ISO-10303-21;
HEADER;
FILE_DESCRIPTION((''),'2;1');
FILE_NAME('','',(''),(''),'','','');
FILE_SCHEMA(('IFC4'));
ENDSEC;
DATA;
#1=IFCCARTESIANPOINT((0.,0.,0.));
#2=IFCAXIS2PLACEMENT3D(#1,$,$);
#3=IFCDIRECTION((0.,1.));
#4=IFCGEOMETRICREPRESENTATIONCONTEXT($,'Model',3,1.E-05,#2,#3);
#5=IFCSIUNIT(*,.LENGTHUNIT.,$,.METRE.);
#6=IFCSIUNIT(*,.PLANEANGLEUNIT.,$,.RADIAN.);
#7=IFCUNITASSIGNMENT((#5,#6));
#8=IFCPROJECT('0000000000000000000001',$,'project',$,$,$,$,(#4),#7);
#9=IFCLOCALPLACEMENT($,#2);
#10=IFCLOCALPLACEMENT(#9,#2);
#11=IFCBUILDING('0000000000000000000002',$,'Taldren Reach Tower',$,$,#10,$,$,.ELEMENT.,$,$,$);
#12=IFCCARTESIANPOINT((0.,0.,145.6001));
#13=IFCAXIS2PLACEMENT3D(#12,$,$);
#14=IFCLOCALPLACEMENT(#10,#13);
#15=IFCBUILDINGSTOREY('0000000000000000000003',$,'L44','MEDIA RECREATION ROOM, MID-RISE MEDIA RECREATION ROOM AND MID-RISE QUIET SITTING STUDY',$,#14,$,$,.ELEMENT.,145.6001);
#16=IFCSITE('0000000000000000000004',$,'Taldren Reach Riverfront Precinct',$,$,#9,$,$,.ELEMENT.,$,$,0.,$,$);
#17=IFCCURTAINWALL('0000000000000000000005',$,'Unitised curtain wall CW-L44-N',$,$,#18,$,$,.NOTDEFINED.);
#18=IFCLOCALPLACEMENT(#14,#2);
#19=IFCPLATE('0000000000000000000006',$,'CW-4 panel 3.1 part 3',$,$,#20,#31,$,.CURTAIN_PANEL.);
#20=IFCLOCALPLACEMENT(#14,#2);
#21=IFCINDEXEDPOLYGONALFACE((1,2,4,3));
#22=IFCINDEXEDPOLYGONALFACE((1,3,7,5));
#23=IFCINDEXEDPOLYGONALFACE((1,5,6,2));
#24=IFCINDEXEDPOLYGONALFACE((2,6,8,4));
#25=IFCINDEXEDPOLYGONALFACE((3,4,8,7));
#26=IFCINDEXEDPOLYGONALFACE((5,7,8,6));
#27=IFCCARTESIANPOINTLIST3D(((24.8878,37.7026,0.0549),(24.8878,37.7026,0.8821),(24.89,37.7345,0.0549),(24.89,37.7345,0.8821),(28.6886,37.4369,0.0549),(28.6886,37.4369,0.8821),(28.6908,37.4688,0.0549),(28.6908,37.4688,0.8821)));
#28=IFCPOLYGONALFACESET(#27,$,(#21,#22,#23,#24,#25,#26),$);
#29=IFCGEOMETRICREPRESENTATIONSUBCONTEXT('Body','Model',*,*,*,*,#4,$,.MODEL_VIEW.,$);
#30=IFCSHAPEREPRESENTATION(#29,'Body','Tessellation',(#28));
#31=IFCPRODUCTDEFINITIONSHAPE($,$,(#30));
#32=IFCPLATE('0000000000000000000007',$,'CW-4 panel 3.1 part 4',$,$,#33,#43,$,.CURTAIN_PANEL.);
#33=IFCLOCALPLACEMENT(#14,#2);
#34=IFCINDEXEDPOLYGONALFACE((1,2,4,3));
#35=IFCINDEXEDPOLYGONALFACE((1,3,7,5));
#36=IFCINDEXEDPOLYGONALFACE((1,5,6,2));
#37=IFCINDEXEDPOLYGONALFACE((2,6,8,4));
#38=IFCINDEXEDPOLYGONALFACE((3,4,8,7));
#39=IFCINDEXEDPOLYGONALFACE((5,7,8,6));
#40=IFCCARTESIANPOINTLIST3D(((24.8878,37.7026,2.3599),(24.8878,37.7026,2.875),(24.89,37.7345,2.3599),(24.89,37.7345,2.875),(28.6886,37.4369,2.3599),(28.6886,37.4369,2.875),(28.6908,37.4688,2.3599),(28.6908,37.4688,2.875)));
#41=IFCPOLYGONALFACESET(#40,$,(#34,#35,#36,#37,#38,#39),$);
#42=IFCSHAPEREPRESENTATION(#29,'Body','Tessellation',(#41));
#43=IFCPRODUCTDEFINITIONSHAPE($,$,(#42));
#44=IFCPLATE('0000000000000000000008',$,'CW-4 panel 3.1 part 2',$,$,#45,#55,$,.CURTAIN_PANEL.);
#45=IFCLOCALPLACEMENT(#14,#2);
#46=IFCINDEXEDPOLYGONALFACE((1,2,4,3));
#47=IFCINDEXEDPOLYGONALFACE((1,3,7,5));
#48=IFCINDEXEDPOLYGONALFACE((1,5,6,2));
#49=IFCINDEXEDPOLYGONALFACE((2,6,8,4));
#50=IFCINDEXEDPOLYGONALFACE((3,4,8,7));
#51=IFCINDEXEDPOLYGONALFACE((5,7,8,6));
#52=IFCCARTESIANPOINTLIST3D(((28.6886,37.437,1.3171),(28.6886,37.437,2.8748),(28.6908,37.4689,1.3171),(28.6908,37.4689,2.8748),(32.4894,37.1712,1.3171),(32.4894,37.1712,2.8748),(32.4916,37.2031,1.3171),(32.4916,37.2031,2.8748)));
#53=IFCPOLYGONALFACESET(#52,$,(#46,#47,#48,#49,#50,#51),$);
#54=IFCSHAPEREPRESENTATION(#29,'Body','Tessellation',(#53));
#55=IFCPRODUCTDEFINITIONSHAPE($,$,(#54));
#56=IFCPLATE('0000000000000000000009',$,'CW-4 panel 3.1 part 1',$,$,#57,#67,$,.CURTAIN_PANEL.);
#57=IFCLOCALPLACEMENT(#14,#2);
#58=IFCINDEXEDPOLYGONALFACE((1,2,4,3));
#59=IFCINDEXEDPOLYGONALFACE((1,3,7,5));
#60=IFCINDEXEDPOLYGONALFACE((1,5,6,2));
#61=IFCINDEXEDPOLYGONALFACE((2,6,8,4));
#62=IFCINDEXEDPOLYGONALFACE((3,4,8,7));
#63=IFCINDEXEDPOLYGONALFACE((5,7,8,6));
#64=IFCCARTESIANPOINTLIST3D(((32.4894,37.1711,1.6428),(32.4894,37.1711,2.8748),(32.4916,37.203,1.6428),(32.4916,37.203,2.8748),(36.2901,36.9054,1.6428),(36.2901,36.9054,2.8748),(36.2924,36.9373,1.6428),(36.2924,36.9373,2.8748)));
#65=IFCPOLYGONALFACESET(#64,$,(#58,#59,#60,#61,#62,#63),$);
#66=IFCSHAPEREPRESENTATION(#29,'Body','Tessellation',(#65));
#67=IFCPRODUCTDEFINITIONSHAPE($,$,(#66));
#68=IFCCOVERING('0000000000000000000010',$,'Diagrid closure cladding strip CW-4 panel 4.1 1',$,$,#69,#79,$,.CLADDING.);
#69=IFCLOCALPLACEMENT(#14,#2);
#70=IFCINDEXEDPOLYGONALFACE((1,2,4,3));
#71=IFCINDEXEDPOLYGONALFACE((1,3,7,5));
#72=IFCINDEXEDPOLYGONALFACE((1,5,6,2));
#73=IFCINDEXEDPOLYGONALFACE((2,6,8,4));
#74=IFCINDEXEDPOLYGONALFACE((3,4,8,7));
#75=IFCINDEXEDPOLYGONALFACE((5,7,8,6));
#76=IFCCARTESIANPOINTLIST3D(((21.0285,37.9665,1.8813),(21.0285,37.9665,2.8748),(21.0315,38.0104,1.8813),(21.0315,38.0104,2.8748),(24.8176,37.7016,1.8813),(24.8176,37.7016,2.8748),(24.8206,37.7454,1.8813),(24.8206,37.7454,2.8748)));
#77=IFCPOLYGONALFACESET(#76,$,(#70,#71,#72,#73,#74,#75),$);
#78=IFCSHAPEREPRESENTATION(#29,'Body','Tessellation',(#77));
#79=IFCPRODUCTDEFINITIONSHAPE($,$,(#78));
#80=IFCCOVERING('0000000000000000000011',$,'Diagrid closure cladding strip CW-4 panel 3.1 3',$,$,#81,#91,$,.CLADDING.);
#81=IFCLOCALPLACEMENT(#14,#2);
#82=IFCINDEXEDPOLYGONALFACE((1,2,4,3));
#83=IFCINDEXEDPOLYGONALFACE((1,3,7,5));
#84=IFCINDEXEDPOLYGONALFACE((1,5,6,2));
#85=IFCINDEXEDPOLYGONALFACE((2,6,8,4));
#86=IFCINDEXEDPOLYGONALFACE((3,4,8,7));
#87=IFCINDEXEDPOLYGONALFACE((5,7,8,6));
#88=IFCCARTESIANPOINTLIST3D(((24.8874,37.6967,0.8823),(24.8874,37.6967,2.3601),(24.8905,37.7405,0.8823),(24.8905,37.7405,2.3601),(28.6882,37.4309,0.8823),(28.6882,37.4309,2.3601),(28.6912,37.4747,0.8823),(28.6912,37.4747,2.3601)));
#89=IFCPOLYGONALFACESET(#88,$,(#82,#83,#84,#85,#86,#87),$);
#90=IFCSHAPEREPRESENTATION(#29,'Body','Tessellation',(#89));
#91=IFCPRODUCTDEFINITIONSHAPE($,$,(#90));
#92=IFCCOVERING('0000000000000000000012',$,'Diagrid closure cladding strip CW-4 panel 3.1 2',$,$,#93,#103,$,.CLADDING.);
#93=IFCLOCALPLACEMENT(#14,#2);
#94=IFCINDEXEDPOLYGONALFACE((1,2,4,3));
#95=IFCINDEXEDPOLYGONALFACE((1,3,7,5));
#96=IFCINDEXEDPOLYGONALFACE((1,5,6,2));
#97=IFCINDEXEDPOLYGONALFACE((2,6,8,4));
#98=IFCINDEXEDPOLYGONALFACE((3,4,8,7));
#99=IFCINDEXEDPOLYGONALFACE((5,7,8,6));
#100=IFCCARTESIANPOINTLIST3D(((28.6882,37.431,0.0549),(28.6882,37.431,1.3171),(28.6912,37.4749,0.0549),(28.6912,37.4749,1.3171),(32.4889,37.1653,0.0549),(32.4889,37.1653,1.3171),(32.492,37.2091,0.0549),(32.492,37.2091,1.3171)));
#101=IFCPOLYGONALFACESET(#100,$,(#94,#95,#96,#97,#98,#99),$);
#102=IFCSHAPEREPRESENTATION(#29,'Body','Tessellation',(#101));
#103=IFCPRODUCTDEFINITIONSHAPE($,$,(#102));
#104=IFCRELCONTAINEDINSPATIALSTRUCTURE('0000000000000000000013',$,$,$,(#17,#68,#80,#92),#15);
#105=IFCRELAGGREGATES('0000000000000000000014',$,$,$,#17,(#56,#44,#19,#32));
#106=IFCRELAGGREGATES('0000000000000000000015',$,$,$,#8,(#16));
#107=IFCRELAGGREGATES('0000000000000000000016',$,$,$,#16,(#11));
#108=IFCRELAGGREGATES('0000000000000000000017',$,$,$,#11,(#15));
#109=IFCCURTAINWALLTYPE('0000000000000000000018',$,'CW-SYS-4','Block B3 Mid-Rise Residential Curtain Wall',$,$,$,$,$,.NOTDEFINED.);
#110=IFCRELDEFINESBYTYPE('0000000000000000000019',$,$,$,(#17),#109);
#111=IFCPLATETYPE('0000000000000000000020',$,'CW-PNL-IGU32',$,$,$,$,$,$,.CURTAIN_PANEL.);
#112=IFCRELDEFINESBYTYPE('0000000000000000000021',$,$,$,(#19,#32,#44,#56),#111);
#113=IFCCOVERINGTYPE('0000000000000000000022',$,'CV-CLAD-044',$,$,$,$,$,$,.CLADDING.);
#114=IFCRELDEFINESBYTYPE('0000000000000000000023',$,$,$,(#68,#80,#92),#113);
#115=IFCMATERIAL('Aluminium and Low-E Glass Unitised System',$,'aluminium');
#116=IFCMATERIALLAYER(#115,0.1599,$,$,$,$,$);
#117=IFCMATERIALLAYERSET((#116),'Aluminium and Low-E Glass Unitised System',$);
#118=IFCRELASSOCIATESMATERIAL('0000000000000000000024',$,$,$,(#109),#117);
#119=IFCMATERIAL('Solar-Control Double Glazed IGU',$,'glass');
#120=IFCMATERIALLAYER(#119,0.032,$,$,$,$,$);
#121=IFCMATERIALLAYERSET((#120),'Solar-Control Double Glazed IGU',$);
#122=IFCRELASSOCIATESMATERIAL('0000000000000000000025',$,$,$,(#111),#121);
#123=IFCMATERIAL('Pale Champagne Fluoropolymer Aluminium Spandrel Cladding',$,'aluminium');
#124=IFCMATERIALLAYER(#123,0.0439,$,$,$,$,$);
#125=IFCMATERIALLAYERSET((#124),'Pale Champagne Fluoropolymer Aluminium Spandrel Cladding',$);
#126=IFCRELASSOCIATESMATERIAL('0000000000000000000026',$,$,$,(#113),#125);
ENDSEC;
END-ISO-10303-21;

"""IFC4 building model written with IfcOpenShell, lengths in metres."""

from ifc_helpers import new_model, si_unit, direction, frame, origin, origin_2d, place, context, subcontext, project, spatial, rectangle, extrude, source, transform, mapped, material, layer, layer_set, type_object, element, aggregate, save


model = new_model("IFC4")

# Units and contexts
model_context = context("Model", 3, precision=1e-05, world=origin(), true_north=direction((0.0, 1.0)))
body_context = subcontext(model_context, "Body", "Model", "MODEL_VIEW")
ifc_project = project(units=[si_unit("LENGTHUNIT", "METRE"), si_unit("PLANEANGLEUNIT", "RADIAN")], contexts=[model_context])

# Site, building, storey
site_placement = place(None, origin())
site = spatial("IfcSite", under=ifc_project, at=site_placement, Name="Taldren Reach Riverfront Precinct", CompositionType="ELEMENT", RefElevation=0.0)
building_placement = place(site_placement, origin())
building = spatial("IfcBuilding", under=site, at=building_placement, Name="Taldren Reach Tower", CompositionType="ELEMENT")
storey_placement = place(building_placement, frame((0.0, 0.0, 145.6001)))
storey = spatial("IfcBuildingStorey", under=building, at=storey_placement, Name="L44", Description="MEDIA RECREATION ROOM, MID-RISE MEDIA RECREATION ROOM AND MID-RISE QUIET SITTING STUDY", CompositionType="ELEMENT", Elevation=145.6001)

# Curtain wall
ifc_material_1 = material(Name="Aluminium and Low-E Glass Unitised System", Category="aluminium")
ifc_layer_1 = layer(ifc_material_1, 0.1599)
ifc_layer_set_1 = layer_set([ifc_layer_1], Name="Aluminium and Low-E Glass Unitised System")
curtain_wall_type = type_object("IfcCurtainWallType", Name="CW-SYS-4", Description="Block B3 Mid-Rise Residential Curtain Wall", PredefinedType="NOTDEFINED", material=ifc_layer_set_1)
curtain_wall_placement = place(storey_placement, origin())
curtain_wall = element("IfcCurtainWall", 1, at=curtain_wall_placement, inside=storey, type_object=curtain_wall_type, Name="Unitised curtain wall CW-L44-N", PredefinedType="NOTDEFINED")

# Plates
ifc_material_2 = material(Name="Solar-Control Double Glazed IGU", Category="glass")
ifc_layer_2 = layer(ifc_material_2, 0.032)
ifc_layer_set_2 = layer_set([ifc_layer_2], Name="Solar-Control Double Glazed IGU")
plate_type_1 = type_object("IfcPlateType", Name="CW-PNL-IGU32", PredefinedType="CURTAIN_PANEL", material=ifc_layer_set_2)
shared_shape_1 = source(origin(), body_context, "Body", "SweptSolid", [
    extrude(rectangle(XDim=3.8101, YDim=0.032, at=origin_2d()), origin(), (0.0, 0.0, 1.0), 0.8271),
])
plate_1_placement = place(storey_placement, frame((26.7893, 37.5857, 0.0549), z_axis=(0.0, 0.0, 1.0), x_axis=(-0.997564, 0.069757, 0.0)))
plate_1 = element("IfcPlate", 2, at=plate_1_placement, type_object=plate_type_1, Name="CW-4 panel 3.1 part 3", PredefinedType="CURTAIN_PANEL", context=body_context, shape_type="MappedRepresentation", body=[
    mapped(shared_shape_1, transform((0.0, 0.0, 0.0), scale=1.0)),
])
shared_shape_2 = source(origin(), body_context, "Body", "SweptSolid", [
    extrude(rectangle(XDim=3.8101, YDim=0.032, at=origin_2d()), origin(), (0.0, 0.0, 1.0), 0.5151),
])
plate_2_placement = place(storey_placement, frame((26.7893, 37.5857, 2.3599), z_axis=(0.0, 0.0, 1.0), x_axis=(-0.997564, 0.069757, 0.0)))
plate_2 = element("IfcPlate", 3, at=plate_2_placement, type_object=plate_type_1, Name="CW-4 panel 3.1 part 4", PredefinedType="CURTAIN_PANEL", context=body_context, shape_type="MappedRepresentation", body=[
    mapped(shared_shape_2, transform((0.0, 0.0, 0.0), scale=1.0)),
])
shared_shape_3 = source(origin(), body_context, "Body", "SweptSolid", [
    extrude(rectangle(XDim=3.8101, YDim=0.032, at=origin_2d()), origin(), (0.0, 0.0, 1.0), 1.5576),
])
plate_3_placement = place(storey_placement, frame((30.5901, 37.3201, 1.3171), z_axis=(0.0, 0.0, 1.0), x_axis=(-0.997564, 0.069757, 0.0)))
plate_3 = element("IfcPlate", 4, at=plate_3_placement, type_object=plate_type_1, Name="CW-4 panel 3.1 part 2", PredefinedType="CURTAIN_PANEL", context=body_context, shape_type="MappedRepresentation", body=[
    mapped(shared_shape_3, transform((0.0, 0.0, 0.0), scale=1.0)),
])
shared_shape_4 = source(origin(), body_context, "Body", "SweptSolid", [
    extrude(rectangle(XDim=3.8101, YDim=0.032, at=origin_2d()), origin(), (0.0, 0.0, 1.0), 1.2319),
])
plate_4_placement = place(storey_placement, frame((34.3909, 37.0542, 1.6428), z_axis=(0.0, 0.0, 1.0), x_axis=(-0.997564, 0.069757, 0.0)))
plate_4 = element("IfcPlate", 5, at=plate_4_placement, type_object=plate_type_1, Name="CW-4 panel 3.1 part 1", PredefinedType="CURTAIN_PANEL", context=body_context, shape_type="MappedRepresentation", body=[
    mapped(shared_shape_4, transform((0.0, 0.0, 0.0), scale=1.0)),
])
aggregate(curtain_wall, [plate_4, plate_3, plate_1, plate_2])

# Coverings
ifc_material_3 = material(Name="Pale Champagne Fluoropolymer Aluminium Spandrel Cladding", Category="aluminium")
ifc_layer_3 = layer(ifc_material_3, 0.0439)
ifc_layer_set_3 = layer_set([ifc_layer_3], Name="Pale Champagne Fluoropolymer Aluminium Spandrel Cladding")
covering_type = type_object("IfcCoveringType", Name="CV-CLAD-044", PredefinedType="CLADDING", material=ifc_layer_set_3)
shared_shape_5 = source(origin(), body_context, "Body", "SweptSolid", [
    extrude(rectangle(XDim=3.7983, YDim=0.0439, at=origin_2d()), origin(), (0.0, 0.0, 1.0), 0.9934),
])
covering_1_placement = place(storey_placement, frame((22.9246, 37.856, 1.8813), z_axis=(0.0, 0.0, 1.0), x_axis=(-0.997564, 0.069757, 0.0)))
element("IfcCovering", 6, at=covering_1_placement, inside=storey, type_object=covering_type, Name="Diagrid closure cladding strip CW-4 panel 4.1 1", PredefinedType="CLADDING", context=body_context, shape_type="MappedRepresentation", body=[
    mapped(shared_shape_5, transform((0.0, 0.0, 0.0), scale=1.0)),
])
shared_shape_6 = source(origin(), body_context, "Body", "SweptSolid", [
    extrude(rectangle(XDim=3.8101, YDim=0.0439, at=origin_2d()), origin(), (0.0, 0.0, 1.0), 1.4778),
])
covering_2_placement = place(storey_placement, frame((26.7893, 37.5857, 0.8823), z_axis=(0.0, 0.0, 1.0), x_axis=(-0.997564, 0.069757, 0.0)))
element("IfcCovering", 7, at=covering_2_placement, inside=storey, type_object=covering_type, Name="Diagrid closure cladding strip CW-4 panel 3.1 3", PredefinedType="CLADDING", context=body_context, shape_type="MappedRepresentation", body=[
    mapped(shared_shape_6, transform((0.0, 0.0, 0.0), scale=1.0)),
])
shared_shape_7 = source(origin(), body_context, "Body", "SweptSolid", [
    extrude(rectangle(XDim=3.8101, YDim=0.0439, at=origin_2d()), origin(), (0.0, 0.0, 1.0), 1.2622),
])
covering_3_placement = place(storey_placement, frame((30.5901, 37.3201, 0.0549), z_axis=(0.0, 0.0, 1.0), x_axis=(-0.997564, 0.069757, 0.0)))
element("IfcCovering", 8, at=covering_3_placement, inside=storey, type_object=covering_type, Name="Diagrid closure cladding strip CW-4 panel 3.1 2", PredefinedType="CLADDING", context=body_context, shape_type="MappedRepresentation", body=[
    mapped(shared_shape_7, transform((0.0, 0.0, 0.0), scale=1.0)),
])

save(model, "model.ifc")
